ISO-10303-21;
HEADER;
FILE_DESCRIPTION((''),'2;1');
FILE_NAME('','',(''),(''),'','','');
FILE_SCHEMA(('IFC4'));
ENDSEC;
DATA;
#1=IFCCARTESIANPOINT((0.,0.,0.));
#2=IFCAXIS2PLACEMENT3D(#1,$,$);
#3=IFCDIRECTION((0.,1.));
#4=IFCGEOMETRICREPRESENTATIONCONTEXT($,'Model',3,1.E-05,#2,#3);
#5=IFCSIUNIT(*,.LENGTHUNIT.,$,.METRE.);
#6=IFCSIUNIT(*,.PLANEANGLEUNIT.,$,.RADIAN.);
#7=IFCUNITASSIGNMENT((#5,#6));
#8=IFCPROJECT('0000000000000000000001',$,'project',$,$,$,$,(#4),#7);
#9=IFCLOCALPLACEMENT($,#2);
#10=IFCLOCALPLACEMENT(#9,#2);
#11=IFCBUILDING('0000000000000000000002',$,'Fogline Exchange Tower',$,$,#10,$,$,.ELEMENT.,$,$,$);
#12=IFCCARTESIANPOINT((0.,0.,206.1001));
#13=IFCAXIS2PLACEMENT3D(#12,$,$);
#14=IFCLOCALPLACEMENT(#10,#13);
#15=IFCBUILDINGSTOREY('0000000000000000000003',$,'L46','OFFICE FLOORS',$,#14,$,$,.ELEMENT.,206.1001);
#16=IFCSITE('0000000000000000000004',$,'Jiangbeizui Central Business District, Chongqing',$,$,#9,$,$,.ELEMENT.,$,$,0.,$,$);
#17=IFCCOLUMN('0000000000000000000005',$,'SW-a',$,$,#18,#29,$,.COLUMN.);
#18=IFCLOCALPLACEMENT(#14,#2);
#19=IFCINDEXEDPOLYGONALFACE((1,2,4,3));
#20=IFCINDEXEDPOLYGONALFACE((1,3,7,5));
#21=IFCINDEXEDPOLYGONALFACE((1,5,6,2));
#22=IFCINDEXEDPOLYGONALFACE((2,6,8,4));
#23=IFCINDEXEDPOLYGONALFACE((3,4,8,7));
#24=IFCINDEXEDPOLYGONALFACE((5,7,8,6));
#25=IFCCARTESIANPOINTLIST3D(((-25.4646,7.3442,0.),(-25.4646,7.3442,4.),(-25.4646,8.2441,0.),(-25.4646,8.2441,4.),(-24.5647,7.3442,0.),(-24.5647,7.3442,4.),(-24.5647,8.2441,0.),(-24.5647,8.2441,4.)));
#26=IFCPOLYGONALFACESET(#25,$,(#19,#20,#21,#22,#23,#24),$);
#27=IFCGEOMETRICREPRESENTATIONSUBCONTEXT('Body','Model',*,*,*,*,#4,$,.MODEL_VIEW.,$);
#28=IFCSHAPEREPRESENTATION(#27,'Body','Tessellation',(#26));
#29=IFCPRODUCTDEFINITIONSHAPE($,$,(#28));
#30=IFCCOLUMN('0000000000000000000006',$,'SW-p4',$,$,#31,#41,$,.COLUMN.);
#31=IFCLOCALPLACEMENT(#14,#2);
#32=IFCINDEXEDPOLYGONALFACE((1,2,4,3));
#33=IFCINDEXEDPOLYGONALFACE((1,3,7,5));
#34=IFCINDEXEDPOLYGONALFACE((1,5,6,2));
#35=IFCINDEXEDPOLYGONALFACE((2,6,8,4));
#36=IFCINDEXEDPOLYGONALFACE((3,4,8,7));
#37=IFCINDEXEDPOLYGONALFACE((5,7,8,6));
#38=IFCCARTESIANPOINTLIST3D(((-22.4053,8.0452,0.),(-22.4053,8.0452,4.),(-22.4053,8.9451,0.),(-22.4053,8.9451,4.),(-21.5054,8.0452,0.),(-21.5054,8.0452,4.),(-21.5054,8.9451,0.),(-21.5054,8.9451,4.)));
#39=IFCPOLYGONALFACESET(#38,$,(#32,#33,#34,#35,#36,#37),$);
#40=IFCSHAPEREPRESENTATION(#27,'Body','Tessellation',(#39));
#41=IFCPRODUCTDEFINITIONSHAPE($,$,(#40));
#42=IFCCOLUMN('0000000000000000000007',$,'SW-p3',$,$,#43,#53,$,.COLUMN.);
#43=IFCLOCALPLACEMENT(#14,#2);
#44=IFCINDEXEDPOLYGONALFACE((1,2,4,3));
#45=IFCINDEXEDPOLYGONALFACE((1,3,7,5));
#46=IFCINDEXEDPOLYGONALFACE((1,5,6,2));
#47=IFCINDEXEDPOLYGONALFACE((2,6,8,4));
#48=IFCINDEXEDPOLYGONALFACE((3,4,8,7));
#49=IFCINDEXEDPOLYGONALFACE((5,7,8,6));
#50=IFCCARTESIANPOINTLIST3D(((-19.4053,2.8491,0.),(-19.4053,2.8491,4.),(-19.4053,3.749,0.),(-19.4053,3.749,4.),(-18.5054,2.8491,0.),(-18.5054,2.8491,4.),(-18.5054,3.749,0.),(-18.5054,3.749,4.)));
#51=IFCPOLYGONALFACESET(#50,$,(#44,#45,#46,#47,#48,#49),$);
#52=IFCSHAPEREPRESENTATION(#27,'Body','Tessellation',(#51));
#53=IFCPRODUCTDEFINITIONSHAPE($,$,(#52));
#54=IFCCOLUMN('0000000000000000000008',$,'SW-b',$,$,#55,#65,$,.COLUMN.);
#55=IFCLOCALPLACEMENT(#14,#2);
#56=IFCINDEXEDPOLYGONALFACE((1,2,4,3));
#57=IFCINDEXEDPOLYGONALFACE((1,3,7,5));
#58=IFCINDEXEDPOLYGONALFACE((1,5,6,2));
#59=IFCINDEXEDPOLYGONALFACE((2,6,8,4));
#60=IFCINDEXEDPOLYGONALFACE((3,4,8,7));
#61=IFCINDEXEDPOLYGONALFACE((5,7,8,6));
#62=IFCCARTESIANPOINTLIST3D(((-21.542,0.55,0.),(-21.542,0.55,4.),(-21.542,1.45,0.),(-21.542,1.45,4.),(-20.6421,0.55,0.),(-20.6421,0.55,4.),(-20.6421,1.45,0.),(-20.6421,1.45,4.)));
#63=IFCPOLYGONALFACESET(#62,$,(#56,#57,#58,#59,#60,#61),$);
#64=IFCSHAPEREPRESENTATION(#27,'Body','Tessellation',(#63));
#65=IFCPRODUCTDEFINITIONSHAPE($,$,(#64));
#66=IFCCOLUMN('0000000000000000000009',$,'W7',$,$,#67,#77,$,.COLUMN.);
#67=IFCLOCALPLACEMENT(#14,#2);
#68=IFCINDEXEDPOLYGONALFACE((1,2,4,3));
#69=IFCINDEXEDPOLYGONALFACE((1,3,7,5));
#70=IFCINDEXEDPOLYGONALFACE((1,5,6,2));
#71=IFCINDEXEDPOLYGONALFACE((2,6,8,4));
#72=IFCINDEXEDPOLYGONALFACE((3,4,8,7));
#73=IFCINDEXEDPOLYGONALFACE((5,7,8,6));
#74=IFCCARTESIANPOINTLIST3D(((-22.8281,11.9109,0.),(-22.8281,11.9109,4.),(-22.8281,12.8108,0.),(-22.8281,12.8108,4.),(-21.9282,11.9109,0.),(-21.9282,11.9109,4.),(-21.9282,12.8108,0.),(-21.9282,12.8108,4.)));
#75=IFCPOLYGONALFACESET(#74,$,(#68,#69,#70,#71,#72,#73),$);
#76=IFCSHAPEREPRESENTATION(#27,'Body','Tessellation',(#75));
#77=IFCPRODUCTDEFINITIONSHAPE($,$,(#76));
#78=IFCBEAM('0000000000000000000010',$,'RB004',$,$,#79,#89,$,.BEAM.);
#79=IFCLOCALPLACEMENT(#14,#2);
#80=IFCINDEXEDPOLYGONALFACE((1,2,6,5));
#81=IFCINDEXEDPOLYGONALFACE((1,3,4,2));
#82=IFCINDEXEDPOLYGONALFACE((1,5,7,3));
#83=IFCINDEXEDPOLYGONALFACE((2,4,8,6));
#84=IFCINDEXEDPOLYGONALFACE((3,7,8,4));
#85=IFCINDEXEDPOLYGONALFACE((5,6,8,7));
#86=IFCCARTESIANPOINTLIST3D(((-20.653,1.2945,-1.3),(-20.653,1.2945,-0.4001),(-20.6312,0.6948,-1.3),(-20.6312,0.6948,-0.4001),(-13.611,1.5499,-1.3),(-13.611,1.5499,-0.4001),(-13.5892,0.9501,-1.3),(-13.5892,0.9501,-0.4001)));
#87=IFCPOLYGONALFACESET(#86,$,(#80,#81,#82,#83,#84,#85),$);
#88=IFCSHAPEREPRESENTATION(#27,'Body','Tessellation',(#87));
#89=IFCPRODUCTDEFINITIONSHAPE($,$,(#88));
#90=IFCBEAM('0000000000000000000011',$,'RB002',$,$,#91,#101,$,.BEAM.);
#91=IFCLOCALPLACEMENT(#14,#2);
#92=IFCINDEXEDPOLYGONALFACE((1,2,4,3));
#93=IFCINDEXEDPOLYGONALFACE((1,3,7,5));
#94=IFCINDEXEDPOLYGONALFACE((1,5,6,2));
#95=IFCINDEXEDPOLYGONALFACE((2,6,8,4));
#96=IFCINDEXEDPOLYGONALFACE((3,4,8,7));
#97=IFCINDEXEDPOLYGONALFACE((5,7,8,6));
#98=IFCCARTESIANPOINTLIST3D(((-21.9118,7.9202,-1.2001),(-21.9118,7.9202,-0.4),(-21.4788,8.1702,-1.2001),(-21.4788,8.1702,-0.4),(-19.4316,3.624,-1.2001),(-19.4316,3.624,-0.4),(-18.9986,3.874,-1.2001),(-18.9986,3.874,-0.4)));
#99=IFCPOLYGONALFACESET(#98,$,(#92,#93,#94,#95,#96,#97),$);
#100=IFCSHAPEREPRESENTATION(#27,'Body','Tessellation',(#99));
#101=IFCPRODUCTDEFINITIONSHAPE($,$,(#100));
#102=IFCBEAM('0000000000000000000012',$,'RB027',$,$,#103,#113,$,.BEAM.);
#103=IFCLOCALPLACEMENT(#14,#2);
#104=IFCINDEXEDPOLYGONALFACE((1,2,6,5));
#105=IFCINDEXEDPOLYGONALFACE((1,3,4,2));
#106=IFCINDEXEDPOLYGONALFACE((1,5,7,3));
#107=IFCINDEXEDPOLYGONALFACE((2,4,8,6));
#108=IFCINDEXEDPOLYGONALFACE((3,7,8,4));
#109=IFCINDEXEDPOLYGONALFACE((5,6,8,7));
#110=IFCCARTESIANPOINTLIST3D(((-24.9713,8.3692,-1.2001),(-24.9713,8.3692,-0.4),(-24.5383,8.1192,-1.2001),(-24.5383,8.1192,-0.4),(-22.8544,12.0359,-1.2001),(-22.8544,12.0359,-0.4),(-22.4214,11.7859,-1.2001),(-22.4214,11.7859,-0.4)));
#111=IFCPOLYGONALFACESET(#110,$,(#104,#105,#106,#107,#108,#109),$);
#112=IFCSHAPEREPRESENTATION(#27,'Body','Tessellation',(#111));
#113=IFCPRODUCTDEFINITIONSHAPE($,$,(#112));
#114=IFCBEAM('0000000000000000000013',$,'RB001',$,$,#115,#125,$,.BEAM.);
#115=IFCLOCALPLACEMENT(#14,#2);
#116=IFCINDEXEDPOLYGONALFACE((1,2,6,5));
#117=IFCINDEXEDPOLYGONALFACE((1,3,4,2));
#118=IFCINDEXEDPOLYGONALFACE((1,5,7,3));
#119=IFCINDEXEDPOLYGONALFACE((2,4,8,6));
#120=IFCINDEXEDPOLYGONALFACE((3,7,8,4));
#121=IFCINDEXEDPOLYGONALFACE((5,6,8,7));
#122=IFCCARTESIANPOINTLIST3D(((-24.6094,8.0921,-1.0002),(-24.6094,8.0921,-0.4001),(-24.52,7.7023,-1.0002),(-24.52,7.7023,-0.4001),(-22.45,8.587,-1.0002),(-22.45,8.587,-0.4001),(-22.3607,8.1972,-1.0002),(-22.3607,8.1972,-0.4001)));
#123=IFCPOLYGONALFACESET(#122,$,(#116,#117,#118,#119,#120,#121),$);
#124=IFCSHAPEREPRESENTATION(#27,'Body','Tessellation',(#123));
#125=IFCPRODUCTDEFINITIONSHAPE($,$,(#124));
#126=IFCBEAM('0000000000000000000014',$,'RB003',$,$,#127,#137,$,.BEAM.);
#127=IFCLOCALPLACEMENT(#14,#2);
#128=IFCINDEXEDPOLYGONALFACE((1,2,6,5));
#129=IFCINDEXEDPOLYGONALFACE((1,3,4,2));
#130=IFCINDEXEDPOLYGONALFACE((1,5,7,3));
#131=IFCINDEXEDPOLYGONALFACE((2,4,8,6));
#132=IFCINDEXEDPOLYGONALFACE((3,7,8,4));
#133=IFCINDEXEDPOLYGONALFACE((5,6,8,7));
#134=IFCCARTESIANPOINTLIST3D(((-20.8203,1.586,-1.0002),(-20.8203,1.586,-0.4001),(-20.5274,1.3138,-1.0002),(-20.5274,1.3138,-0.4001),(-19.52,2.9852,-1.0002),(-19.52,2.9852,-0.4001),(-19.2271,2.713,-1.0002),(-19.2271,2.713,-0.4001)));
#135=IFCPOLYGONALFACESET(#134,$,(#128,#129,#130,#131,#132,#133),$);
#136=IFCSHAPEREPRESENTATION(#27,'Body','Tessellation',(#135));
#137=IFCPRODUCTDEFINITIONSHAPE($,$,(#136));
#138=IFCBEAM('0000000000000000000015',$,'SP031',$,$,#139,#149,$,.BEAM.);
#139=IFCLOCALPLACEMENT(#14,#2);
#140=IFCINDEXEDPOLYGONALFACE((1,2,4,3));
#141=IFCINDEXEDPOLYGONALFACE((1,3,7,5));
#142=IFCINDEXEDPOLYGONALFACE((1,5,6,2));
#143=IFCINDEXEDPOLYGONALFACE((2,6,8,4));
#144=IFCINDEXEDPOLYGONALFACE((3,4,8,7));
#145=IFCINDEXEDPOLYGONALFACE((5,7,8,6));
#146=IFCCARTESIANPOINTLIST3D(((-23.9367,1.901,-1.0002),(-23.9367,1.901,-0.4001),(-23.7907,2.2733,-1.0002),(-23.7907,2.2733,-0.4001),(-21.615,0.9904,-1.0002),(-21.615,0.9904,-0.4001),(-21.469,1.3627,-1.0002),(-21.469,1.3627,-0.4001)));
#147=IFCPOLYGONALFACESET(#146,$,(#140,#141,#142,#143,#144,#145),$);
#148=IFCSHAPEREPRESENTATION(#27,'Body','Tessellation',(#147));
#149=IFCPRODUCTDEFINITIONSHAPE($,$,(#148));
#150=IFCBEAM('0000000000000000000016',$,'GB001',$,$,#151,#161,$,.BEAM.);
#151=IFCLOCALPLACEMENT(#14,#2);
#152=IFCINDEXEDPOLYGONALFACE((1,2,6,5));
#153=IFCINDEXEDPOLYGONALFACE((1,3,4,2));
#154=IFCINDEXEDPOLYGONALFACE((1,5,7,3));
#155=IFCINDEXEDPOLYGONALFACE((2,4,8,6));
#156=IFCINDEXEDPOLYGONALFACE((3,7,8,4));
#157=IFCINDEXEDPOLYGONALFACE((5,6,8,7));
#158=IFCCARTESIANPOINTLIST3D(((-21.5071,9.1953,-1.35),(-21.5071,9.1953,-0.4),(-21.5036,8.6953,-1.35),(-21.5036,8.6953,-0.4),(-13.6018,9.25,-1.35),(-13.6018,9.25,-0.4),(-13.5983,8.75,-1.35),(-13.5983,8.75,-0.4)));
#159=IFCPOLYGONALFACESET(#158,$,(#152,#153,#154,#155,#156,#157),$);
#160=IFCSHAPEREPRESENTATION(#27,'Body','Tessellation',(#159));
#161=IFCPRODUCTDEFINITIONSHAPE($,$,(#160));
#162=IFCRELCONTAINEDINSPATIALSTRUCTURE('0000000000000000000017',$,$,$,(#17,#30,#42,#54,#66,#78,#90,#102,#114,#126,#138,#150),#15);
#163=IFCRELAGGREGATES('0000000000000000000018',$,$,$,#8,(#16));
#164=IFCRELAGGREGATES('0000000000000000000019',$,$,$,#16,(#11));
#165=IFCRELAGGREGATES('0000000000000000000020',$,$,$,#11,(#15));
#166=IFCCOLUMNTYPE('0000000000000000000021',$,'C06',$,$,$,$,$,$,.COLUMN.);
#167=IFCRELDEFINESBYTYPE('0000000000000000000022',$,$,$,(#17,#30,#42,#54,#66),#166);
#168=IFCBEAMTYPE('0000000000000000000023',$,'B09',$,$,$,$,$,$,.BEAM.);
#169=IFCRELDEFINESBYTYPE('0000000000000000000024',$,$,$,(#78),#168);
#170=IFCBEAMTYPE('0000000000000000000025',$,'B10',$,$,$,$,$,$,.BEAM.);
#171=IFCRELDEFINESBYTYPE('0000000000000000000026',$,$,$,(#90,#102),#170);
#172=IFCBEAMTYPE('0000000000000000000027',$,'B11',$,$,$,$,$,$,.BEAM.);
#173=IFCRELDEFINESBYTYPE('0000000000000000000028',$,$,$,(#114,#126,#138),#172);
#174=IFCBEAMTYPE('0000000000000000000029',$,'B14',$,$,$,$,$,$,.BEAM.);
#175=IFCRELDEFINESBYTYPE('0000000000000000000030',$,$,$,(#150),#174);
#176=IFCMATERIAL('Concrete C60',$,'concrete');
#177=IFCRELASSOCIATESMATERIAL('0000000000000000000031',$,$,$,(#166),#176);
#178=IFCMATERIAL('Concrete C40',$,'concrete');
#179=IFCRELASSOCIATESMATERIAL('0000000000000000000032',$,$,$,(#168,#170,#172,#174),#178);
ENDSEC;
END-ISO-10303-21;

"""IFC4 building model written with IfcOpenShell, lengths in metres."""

from ifc_helpers import new_model, si_unit, direction, frame, origin, origin_2d, place, context, subcontext, project, spatial, rectangle, extrude, material, material_profile, profile_set, type_object, element, save


model = new_model("IFC4")

# Units and contexts
model_context = context("Model", 3, precision=1e-05, world=origin(), true_north=direction((0.0, 1.0)))
body_context = subcontext(model_context, "Body", "Model", "MODEL_VIEW")
ifc_project = project(units=[si_unit("LENGTHUNIT", "METRE"), si_unit("PLANEANGLEUNIT", "RADIAN")], contexts=[model_context])

# Site, building, storey
site_placement = place(None, origin())
site = spatial("IfcSite", under=ifc_project, at=site_placement, Name="Jiangbeizui Central Business District, Chongqing", CompositionType="ELEMENT", RefElevation=0.0)
building_placement = place(site_placement, origin())
building = spatial("IfcBuilding", under=site, at=building_placement, Name="Fogline Exchange Tower", CompositionType="ELEMENT")
storey_placement = place(building_placement, frame((0.0, 0.0, 206.1001)))
storey = spatial("IfcBuildingStorey", under=building, at=storey_placement, Name="L46", Description="OFFICE FLOORS", CompositionType="ELEMENT", Elevation=206.1001)

# Columns
ifc_material_1 = material(Name="Concrete C60", Category="concrete")
ifc_material_profile_1 = material_profile(ifc_material_1, rectangle(XDim=0.8999, YDim=0.8999, at=origin_2d()), Name="RC 900x900")
ifc_profile_set_1 = profile_set([ifc_material_profile_1], Name="Concrete C60")
column_type = type_object("IfcColumnType", Name="C06", PredefinedType="COLUMN", material=ifc_profile_set_1)
for number, where, z_axis, x_axis, name in (
    (1, (-25.0146, 7.7942, 0.0), (0.0, 0.0, 1.0), (1.0, 0.0, 0.0), "SW-a"),
    (2, (-21.9553, 8.4951, 0.0), (0.0, 0.0, 1.0), (1.0, 0.0, 0.0), "SW-p4"),
    (3, (-18.9553, 3.2991, 0.0), (0.0, 0.0, 1.0), (1.0, 0.0, 0.0), "SW-p3"),
    (4, (-21.092, 1.0, 0.0), (0.0, 0.0, 1.0), (1.0, 0.0, 0.0), "SW-b"),
    (5, (-22.3782, 12.3608, 0.0), (0.0, 0.0, 1.0), (1.0, 0.0, 0.0), "W7"),
):
    element("IfcColumn", number, at=place(storey_placement, frame(where, z_axis=z_axis, x_axis=x_axis)), inside=storey, type_object=column_type, Name=name, PredefinedType="COLUMN", context=body_context, shape_type="SweptSolid", body=[
        extrude(rectangle(XDim=0.8999, YDim=0.8999, at=origin_2d()), origin(), (0.0, 0.0, 1.0), 4.0),
    ])

# Beams
ifc_material_2 = material(Name="Concrete C40", Category="concrete")
ifc_material_profile_2 = material_profile(ifc_material_2, rectangle(XDim=0.6001, YDim=0.8999, at=origin_2d()), Name="RC 600x900")
ifc_profile_set_2 = profile_set([ifc_material_profile_2], Name="Concrete C40")
beam_type_1 = type_object("IfcBeamType", Name="B09", PredefinedType="BEAM", material=ifc_profile_set_2)
beam_1_placement = place(storey_placement, frame((-20.6421, 0.9946, -0.8501), z_axis=(0.999343, 0.03624, 0.0), x_axis=(-0.03624, 0.999343, 0.0)))
element("IfcBeam", 6, at=beam_1_placement, inside=storey, type_object=beam_type_1, Name="RB004", PredefinedType="BEAM", context=body_context, shape_type="SweptSolid", body=[
    extrude(rectangle(XDim=0.6001, YDim=0.8999, at=origin_2d()), origin(), (0.0, 0.0, 1.0), 7.0466),
])
ifc_material_profile_3 = material_profile(ifc_material_2, rectangle(XDim=0.5, YDim=0.8, at=origin_2d()), Name="RC 500x800")
ifc_profile_set_3 = profile_set([ifc_material_profile_3], Name="Concrete C40")
beam_type_2 = type_object("IfcBeamType", Name="B10", PredefinedType="BEAM", material=ifc_profile_set_3)
beam_2_placement = place(storey_placement, frame((-21.6953, 8.0452, -0.8), z_axis=(0.499977, -0.866039, 0.0), x_axis=(0.866039, 0.499977, 0.0)))
element("IfcBeam", 7, at=beam_2_placement, inside=storey, type_object=beam_type_2, Name="RB002", PredefinedType="BEAM", context=body_context, shape_type="SweptSolid", body=[
    extrude(rectangle(XDim=0.5, YDim=0.8, at=origin_2d()), origin(), (0.0, 0.0, 1.0), 4.9607),
])
beam_3_placement = place(storey_placement, frame((-22.6379, 11.9109, -0.8), z_axis=(-0.49999, -0.866031, 0.0), x_axis=(0.866031, -0.49999, 0.0)))
element("IfcBeam", 8, at=beam_3_placement, inside=storey, type_object=beam_type_2, Name="RB027", PredefinedType="BEAM", context=body_context, shape_type="SweptSolid", body=[
    extrude(rectangle(XDim=0.5, YDim=0.8, at=origin_2d()), origin(), (0.0, 0.0, 1.0), 4.2339),
])
ifc_material_profile_4 = material_profile(ifc_material_2, rectangle(XDim=0.3999, YDim=0.6001, at=origin_2d()), Name="RC 400x600")
ifc_profile_set_4 = profile_set([ifc_material_profile_4], Name="Concrete C40")
beam_type_3 = type_object("IfcBeamType", Name="B11", PredefinedType="BEAM", material=ifc_profile_set_4)
beam_4_placement = place(storey_placement, frame((-24.5647, 7.8972, -0.7002), z_axis=(0.974732, 0.223378, 0.0), x_axis=(-0.223378, 0.974732, 0.0)))
element("IfcBeam", 9, at=beam_4_placement, inside=storey, type_object=beam_type_3, Name="RB001", PredefinedType="BEAM", context=body_context, shape_type="SweptSolid", body=[
    extrude(rectangle(XDim=0.3999, YDim=0.6001, at=origin_2d()), origin(), (0.0, 0.0, 1.0), 2.2153),
])
beam_5_placement = place(storey_placement, frame((-19.3735, 2.8491, -0.7002), z_axis=(-0.68075, -0.732516, 0.0), x_axis=(0.732516, -0.68075, 0.0)))
element("IfcBeam", 10, at=beam_5_placement, inside=storey, type_object=beam_type_3, Name="RB003", PredefinedType="BEAM", context=body_context, shape_type="SweptSolid", body=[
    extrude(rectangle(XDim=0.3999, YDim=0.6001, at=origin_2d()), origin(), (0.0, 0.0, 1.0), 1.9102),
])
beam_6_placement = place(storey_placement, frame((-21.542, 1.1765, -0.7002), z_axis=(-0.930954, 0.365137, 0.0), x_axis=(-0.365137, -0.930954, 0.0)))
element("IfcBeam", 11, at=beam_6_placement, inside=storey, type_object=beam_type_3, Name="SP031", PredefinedType="BEAM", context=body_context, shape_type="SweptSolid", body=[
    extrude(rectangle(XDim=0.3999, YDim=0.6001, at=origin_2d()), origin(), (0.0, 0.0, 1.0), 2.4939),
])
ifc_material_profile_5 = material_profile(ifc_material_2, rectangle(XDim=0.5, YDim=0.95, at=origin_2d()), Name="RC 500x950")
ifc_profile_set_5 = profile_set([ifc_material_profile_5], Name="Concrete C40")
beam_type_4 = type_object("IfcBeamType", Name="B14", PredefinedType="BEAM", material=ifc_profile_set_5)
beam_7_placement = place(storey_placement, frame((-21.5054, 8.9453, -0.875), z_axis=(0.999976, 0.006918, 0.0), x_axis=(-0.006918, 0.999976, 0.0)))
element("IfcBeam", 12, at=beam_7_placement, inside=storey, type_object=beam_type_4, Name="GB001", PredefinedType="BEAM", context=body_context, shape_type="SweptSolid", body=[
    extrude(rectangle(XDim=0.5, YDim=0.95, at=origin_2d()), origin(), (0.0, 0.0, 1.0), 7.9055),
])

save(model, "model.ifc")
